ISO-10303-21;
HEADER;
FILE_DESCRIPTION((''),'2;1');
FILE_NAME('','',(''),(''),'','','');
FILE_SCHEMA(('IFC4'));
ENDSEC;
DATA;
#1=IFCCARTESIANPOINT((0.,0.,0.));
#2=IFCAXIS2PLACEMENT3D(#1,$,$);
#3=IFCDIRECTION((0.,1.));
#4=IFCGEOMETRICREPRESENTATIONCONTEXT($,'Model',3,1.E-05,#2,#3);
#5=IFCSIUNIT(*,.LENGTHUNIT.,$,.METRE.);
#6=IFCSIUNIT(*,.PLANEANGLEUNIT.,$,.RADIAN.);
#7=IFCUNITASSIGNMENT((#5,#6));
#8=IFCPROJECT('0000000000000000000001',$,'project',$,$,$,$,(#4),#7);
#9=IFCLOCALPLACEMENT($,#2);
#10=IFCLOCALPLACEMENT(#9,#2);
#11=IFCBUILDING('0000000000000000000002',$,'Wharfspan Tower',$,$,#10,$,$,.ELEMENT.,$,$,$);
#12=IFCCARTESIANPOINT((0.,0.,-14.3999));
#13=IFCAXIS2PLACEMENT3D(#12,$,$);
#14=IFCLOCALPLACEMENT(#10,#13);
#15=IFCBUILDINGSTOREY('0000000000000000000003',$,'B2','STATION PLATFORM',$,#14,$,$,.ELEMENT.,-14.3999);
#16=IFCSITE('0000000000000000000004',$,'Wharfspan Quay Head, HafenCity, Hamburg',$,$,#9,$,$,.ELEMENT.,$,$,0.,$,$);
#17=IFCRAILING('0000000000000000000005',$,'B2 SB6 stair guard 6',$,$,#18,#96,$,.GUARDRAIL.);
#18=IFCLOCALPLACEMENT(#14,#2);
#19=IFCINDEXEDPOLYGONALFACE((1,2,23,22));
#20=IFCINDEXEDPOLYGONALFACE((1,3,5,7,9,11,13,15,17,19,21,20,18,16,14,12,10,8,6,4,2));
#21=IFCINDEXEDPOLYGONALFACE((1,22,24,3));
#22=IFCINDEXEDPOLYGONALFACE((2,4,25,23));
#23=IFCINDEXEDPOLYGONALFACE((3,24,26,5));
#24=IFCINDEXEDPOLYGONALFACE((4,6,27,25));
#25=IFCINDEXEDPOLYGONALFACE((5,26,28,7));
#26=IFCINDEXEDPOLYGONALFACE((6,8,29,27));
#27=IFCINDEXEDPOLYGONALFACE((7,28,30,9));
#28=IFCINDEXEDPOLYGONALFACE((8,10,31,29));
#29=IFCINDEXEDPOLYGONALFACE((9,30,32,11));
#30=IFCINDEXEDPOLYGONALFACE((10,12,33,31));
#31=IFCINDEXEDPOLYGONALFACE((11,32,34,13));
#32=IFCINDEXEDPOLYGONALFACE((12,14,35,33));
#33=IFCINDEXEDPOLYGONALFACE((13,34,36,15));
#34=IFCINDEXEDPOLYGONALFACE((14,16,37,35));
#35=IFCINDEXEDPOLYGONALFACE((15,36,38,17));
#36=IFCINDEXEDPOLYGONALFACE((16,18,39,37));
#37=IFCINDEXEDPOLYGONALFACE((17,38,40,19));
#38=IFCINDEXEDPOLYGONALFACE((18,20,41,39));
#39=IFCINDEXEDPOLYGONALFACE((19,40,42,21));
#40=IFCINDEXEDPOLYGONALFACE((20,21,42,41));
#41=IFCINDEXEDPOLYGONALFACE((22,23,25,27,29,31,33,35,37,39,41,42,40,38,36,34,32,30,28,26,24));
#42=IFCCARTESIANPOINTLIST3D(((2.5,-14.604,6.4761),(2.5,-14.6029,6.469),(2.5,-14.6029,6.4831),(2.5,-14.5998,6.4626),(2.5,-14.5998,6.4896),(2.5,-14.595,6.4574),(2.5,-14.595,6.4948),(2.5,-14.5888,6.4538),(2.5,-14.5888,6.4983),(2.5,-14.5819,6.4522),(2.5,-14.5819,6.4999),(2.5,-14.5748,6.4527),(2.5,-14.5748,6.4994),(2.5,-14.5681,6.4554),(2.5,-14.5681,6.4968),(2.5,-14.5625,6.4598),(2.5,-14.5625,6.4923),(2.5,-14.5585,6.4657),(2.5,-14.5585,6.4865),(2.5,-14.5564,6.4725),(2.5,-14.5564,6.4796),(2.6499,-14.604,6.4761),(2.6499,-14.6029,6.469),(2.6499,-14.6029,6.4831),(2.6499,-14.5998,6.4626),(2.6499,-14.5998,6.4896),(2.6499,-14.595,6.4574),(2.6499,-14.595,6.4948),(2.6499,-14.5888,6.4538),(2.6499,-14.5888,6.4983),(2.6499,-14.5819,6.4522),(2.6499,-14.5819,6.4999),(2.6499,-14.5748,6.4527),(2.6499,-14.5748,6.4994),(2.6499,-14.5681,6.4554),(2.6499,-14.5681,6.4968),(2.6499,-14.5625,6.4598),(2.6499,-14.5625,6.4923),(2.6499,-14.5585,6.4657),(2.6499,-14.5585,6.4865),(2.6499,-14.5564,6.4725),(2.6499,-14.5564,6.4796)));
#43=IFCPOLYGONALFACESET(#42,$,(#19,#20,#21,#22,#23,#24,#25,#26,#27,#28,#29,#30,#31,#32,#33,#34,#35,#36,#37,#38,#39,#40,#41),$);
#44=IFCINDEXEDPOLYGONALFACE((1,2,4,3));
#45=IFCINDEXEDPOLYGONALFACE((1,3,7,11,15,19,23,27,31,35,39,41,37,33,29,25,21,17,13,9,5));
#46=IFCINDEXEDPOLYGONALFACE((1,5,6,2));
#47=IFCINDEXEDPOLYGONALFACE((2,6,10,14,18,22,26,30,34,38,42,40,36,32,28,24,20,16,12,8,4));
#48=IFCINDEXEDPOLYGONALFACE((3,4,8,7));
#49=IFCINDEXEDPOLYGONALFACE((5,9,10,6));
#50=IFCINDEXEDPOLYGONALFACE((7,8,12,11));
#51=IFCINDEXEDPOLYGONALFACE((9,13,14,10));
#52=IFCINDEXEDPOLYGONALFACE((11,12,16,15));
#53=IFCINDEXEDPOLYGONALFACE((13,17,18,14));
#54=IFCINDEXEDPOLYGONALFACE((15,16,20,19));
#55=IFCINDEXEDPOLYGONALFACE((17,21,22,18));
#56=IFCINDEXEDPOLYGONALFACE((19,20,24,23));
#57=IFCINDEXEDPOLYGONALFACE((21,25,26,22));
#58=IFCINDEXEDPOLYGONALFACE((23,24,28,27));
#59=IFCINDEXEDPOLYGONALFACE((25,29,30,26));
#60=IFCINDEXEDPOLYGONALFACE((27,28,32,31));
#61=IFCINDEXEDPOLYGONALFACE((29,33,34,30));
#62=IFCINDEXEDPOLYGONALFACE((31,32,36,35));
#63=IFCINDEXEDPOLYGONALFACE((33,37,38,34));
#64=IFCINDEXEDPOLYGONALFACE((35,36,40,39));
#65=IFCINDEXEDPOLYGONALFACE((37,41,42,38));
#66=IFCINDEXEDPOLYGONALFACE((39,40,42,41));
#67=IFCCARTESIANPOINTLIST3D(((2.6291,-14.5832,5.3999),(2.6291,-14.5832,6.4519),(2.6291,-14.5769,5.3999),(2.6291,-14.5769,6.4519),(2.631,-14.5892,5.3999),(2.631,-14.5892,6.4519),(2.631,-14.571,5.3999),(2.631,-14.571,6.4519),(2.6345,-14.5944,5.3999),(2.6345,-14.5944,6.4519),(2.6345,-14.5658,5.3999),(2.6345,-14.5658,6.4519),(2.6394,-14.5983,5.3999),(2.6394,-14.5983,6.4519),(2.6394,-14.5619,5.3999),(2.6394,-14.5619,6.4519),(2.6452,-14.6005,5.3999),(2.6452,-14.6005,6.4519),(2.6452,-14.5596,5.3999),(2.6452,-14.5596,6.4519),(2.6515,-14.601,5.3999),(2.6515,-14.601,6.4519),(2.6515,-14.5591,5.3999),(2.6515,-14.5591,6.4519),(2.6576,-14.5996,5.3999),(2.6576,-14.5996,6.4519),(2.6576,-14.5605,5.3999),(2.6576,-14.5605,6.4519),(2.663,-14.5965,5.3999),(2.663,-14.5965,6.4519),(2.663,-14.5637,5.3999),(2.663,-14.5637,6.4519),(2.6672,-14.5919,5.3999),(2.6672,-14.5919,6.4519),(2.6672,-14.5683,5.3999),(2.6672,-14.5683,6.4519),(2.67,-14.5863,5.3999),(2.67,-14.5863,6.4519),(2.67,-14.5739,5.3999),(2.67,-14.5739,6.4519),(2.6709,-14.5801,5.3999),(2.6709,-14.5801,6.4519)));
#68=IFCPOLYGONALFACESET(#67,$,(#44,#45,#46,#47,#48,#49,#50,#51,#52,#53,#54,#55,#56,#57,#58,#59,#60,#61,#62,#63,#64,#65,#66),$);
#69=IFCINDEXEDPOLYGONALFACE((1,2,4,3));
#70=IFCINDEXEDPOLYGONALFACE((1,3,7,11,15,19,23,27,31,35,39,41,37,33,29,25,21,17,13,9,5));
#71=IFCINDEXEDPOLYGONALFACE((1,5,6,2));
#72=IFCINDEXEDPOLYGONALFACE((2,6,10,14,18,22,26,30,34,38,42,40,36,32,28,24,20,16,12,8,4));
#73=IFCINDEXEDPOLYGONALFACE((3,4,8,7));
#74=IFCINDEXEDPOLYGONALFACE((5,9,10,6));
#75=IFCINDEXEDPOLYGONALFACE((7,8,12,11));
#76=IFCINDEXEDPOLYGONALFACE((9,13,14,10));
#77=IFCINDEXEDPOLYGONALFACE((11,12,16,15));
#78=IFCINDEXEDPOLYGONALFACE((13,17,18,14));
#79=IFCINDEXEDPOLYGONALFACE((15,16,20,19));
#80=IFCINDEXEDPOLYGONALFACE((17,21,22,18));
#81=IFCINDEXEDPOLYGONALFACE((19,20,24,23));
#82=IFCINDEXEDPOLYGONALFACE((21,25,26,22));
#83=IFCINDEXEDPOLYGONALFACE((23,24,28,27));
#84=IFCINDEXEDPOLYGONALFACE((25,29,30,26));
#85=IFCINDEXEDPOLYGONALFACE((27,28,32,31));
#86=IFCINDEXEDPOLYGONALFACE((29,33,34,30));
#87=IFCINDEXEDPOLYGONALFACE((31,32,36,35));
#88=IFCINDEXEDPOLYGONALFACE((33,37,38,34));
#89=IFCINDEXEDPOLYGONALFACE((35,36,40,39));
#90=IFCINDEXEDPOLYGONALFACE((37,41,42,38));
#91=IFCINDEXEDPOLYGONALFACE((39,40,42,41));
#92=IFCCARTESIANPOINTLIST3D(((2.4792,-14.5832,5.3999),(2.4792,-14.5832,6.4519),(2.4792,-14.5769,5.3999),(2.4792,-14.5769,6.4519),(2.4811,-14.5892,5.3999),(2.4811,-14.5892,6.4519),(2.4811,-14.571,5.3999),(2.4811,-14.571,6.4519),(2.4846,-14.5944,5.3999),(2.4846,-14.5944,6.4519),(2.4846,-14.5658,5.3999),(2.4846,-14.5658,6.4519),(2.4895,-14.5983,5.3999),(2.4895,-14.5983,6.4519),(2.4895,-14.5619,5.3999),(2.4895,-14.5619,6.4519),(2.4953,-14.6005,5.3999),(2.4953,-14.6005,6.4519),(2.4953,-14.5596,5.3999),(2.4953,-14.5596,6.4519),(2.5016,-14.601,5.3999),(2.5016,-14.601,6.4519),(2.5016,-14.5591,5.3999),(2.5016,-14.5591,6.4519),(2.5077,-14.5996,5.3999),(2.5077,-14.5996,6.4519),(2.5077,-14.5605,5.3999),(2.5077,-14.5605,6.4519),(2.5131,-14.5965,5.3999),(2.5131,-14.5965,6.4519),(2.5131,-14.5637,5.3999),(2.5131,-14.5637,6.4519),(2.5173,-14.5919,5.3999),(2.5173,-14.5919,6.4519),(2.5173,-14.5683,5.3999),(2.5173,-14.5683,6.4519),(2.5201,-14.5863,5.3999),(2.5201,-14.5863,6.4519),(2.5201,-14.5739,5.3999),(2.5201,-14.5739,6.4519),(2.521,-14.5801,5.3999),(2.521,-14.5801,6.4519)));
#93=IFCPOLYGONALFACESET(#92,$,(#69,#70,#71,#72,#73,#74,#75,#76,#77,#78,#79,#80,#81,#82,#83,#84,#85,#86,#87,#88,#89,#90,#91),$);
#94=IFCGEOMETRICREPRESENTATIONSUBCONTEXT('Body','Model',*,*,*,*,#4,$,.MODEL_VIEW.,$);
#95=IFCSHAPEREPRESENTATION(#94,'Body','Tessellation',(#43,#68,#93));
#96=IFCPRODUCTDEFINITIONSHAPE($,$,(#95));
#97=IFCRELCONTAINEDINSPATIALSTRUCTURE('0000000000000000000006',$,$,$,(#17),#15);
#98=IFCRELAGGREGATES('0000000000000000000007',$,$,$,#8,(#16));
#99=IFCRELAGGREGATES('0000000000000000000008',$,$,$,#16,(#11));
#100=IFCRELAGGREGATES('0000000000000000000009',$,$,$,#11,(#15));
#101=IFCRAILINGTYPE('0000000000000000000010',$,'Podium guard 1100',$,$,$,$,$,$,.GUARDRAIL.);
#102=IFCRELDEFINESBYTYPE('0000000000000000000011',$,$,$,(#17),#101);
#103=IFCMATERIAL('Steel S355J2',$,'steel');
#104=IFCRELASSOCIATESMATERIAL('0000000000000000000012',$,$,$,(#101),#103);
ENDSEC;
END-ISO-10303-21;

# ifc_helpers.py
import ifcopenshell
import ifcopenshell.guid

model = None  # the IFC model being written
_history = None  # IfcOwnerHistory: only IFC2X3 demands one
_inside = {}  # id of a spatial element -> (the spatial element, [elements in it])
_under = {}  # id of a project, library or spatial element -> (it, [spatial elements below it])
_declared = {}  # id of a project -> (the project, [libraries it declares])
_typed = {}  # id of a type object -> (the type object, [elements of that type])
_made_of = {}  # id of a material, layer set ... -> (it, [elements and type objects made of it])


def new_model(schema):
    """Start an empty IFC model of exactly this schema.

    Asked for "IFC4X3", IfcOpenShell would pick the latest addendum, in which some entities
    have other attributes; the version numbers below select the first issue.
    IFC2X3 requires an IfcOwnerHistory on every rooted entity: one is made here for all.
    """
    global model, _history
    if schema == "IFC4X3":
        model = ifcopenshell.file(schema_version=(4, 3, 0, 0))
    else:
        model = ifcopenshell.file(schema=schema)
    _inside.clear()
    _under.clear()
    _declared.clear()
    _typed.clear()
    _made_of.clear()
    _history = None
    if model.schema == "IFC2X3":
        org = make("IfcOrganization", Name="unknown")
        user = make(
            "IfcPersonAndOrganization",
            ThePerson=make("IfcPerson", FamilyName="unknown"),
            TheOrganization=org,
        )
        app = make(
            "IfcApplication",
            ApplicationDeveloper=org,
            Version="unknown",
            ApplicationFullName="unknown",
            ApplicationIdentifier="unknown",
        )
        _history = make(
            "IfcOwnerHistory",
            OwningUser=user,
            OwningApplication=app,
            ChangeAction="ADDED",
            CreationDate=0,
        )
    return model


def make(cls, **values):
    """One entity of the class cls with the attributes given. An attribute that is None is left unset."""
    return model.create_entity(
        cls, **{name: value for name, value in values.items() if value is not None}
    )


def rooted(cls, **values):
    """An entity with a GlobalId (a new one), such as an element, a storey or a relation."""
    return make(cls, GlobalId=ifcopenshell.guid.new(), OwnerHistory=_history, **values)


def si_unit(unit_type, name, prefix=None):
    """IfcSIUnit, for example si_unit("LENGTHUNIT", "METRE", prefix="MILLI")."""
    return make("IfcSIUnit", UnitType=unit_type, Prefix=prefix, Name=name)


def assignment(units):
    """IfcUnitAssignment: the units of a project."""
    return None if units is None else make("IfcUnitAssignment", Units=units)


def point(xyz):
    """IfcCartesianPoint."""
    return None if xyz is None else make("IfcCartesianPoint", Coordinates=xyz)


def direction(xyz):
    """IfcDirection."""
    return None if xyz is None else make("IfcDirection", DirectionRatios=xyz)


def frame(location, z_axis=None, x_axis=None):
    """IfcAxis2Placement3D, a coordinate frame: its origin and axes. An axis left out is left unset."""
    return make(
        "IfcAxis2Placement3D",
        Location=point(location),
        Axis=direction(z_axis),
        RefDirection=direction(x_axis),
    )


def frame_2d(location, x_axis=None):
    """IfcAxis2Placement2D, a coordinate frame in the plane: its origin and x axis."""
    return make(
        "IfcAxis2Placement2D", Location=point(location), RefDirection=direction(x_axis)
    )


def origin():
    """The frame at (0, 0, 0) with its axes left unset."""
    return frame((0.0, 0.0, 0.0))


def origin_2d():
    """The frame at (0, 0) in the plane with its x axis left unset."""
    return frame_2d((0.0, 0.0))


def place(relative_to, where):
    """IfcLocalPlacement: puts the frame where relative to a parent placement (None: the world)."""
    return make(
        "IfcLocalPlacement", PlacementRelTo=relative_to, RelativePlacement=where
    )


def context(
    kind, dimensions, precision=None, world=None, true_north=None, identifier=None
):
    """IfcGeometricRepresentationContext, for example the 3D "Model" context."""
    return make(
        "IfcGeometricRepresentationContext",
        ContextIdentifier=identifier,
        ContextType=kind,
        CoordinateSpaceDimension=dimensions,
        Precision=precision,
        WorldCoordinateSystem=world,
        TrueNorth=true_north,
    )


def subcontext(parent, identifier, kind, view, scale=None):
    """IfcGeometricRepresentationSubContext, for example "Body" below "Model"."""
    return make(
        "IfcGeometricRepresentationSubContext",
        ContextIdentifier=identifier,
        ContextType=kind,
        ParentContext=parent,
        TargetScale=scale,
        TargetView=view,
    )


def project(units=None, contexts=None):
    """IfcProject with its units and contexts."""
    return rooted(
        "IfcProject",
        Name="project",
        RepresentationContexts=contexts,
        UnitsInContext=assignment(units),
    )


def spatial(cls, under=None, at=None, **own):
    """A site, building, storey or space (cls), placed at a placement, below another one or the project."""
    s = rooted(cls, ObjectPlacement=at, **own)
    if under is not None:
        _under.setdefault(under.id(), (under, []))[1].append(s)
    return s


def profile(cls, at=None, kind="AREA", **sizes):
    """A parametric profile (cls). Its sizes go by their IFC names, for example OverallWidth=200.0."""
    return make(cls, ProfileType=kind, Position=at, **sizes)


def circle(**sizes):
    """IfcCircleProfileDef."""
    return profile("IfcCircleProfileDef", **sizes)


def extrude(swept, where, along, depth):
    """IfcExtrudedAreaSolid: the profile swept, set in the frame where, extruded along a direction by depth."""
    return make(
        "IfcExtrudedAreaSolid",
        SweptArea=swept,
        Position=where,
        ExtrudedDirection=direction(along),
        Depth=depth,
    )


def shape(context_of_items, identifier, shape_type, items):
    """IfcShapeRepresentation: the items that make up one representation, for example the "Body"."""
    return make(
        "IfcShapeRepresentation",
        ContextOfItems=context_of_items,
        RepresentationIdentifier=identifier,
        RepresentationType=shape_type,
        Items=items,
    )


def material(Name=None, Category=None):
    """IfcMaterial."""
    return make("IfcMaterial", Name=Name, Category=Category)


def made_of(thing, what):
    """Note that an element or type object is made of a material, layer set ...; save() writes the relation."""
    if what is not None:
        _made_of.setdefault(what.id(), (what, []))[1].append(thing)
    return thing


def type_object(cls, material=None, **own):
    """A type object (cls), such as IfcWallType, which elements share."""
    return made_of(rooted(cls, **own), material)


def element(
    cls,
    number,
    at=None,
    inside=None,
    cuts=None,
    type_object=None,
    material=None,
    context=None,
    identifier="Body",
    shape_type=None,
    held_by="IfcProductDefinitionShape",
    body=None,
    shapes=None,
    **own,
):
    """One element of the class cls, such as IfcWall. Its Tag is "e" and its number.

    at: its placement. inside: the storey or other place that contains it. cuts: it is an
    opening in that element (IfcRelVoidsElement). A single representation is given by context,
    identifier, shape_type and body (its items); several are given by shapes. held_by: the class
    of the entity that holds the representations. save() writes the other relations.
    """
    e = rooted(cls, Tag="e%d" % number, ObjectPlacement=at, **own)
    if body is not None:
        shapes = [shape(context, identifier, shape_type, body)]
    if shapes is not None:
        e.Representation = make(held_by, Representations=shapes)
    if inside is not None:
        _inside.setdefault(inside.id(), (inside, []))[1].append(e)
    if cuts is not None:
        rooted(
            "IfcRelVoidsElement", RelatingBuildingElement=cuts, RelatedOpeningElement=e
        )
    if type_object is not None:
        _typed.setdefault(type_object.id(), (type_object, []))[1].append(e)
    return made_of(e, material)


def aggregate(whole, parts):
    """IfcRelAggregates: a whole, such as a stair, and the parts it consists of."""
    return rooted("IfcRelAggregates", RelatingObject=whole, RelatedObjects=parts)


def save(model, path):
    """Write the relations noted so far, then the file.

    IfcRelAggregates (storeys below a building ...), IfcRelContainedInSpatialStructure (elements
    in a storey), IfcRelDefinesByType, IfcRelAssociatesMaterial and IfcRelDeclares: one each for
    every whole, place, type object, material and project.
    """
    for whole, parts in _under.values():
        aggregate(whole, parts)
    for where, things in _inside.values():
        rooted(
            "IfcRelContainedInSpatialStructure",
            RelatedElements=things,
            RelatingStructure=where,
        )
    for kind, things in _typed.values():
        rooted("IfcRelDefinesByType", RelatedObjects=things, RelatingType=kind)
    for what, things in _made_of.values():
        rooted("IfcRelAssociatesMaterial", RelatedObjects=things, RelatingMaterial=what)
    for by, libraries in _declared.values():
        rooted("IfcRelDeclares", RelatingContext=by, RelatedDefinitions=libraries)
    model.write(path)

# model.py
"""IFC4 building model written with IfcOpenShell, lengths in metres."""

from ifc_helpers import new_model, si_unit, direction, frame, origin, origin_2d, place, context, subcontext, project, spatial, circle, extrude, material, type_object, element, save


model = new_model("IFC4")

# Units and contexts
model_context = context("Model", 3, precision=1e-05, world=origin(), true_north=direction((0.0, 1.0)))
body_context = subcontext(model_context, "Body", "Model", "MODEL_VIEW")
ifc_project = project(units=[si_unit("LENGTHUNIT", "METRE"), si_unit("PLANEANGLEUNIT", "RADIAN")], contexts=[model_context])

# Site, building, storey
site_placement = place(None, origin())
site = spatial("IfcSite", under=ifc_project, at=site_placement, Name="Wharfspan Quay Head, HafenCity, Hamburg", CompositionType="ELEMENT", RefElevation=0.0)
building_placement = place(site_placement, origin())
building = spatial("IfcBuilding", under=site, at=building_placement, Name="Wharfspan Tower", CompositionType="ELEMENT")
storey_placement = place(building_placement, frame((0.0, 0.0, -14.3999)))
storey = spatial("IfcBuildingStorey", under=building, at=storey_placement, Name="B2", Description="STATION PLATFORM", CompositionType="ELEMENT", Elevation=-14.3999)

# Railing
ifc_material_1 = material(Name="Steel S355J2", Category="steel")
railing_type_1 = type_object("IfcRailingType", Name="Podium guard 1100", PredefinedType="GUARDRAIL", material=ifc_material_1)
railing_1_placement = place(storey_placement, frame((2.6499, -14.5801, 5.3999)))
element("IfcRailing", 1, at=railing_1_placement, inside=storey, type_object=railing_type_1, Name="B2 SB6 stair guard 6", PredefinedType="GUARDRAIL", context=body_context, shape_type="SweptSolid", body=[
    extrude(circle(Radius=0.0239, at=origin_2d()), frame((0.0, 0.0, 1.0762), z_axis=(-1.0, 0.0, 0.0), x_axis=(0.0, -1.0, 0.0)), (0.0, 0.0, 1.0), 0.1499),
    extrude(circle(Radius=0.021, at=origin_2d()), origin(), (0.0, 0.0, 1.0), 1.052),
    extrude(circle(Radius=0.021, at=origin_2d()), frame((-0.1499, 0.0, 0.0)), (0.0, 0.0, 1.0), 1.052),
])

save(model, "model.ifc")
